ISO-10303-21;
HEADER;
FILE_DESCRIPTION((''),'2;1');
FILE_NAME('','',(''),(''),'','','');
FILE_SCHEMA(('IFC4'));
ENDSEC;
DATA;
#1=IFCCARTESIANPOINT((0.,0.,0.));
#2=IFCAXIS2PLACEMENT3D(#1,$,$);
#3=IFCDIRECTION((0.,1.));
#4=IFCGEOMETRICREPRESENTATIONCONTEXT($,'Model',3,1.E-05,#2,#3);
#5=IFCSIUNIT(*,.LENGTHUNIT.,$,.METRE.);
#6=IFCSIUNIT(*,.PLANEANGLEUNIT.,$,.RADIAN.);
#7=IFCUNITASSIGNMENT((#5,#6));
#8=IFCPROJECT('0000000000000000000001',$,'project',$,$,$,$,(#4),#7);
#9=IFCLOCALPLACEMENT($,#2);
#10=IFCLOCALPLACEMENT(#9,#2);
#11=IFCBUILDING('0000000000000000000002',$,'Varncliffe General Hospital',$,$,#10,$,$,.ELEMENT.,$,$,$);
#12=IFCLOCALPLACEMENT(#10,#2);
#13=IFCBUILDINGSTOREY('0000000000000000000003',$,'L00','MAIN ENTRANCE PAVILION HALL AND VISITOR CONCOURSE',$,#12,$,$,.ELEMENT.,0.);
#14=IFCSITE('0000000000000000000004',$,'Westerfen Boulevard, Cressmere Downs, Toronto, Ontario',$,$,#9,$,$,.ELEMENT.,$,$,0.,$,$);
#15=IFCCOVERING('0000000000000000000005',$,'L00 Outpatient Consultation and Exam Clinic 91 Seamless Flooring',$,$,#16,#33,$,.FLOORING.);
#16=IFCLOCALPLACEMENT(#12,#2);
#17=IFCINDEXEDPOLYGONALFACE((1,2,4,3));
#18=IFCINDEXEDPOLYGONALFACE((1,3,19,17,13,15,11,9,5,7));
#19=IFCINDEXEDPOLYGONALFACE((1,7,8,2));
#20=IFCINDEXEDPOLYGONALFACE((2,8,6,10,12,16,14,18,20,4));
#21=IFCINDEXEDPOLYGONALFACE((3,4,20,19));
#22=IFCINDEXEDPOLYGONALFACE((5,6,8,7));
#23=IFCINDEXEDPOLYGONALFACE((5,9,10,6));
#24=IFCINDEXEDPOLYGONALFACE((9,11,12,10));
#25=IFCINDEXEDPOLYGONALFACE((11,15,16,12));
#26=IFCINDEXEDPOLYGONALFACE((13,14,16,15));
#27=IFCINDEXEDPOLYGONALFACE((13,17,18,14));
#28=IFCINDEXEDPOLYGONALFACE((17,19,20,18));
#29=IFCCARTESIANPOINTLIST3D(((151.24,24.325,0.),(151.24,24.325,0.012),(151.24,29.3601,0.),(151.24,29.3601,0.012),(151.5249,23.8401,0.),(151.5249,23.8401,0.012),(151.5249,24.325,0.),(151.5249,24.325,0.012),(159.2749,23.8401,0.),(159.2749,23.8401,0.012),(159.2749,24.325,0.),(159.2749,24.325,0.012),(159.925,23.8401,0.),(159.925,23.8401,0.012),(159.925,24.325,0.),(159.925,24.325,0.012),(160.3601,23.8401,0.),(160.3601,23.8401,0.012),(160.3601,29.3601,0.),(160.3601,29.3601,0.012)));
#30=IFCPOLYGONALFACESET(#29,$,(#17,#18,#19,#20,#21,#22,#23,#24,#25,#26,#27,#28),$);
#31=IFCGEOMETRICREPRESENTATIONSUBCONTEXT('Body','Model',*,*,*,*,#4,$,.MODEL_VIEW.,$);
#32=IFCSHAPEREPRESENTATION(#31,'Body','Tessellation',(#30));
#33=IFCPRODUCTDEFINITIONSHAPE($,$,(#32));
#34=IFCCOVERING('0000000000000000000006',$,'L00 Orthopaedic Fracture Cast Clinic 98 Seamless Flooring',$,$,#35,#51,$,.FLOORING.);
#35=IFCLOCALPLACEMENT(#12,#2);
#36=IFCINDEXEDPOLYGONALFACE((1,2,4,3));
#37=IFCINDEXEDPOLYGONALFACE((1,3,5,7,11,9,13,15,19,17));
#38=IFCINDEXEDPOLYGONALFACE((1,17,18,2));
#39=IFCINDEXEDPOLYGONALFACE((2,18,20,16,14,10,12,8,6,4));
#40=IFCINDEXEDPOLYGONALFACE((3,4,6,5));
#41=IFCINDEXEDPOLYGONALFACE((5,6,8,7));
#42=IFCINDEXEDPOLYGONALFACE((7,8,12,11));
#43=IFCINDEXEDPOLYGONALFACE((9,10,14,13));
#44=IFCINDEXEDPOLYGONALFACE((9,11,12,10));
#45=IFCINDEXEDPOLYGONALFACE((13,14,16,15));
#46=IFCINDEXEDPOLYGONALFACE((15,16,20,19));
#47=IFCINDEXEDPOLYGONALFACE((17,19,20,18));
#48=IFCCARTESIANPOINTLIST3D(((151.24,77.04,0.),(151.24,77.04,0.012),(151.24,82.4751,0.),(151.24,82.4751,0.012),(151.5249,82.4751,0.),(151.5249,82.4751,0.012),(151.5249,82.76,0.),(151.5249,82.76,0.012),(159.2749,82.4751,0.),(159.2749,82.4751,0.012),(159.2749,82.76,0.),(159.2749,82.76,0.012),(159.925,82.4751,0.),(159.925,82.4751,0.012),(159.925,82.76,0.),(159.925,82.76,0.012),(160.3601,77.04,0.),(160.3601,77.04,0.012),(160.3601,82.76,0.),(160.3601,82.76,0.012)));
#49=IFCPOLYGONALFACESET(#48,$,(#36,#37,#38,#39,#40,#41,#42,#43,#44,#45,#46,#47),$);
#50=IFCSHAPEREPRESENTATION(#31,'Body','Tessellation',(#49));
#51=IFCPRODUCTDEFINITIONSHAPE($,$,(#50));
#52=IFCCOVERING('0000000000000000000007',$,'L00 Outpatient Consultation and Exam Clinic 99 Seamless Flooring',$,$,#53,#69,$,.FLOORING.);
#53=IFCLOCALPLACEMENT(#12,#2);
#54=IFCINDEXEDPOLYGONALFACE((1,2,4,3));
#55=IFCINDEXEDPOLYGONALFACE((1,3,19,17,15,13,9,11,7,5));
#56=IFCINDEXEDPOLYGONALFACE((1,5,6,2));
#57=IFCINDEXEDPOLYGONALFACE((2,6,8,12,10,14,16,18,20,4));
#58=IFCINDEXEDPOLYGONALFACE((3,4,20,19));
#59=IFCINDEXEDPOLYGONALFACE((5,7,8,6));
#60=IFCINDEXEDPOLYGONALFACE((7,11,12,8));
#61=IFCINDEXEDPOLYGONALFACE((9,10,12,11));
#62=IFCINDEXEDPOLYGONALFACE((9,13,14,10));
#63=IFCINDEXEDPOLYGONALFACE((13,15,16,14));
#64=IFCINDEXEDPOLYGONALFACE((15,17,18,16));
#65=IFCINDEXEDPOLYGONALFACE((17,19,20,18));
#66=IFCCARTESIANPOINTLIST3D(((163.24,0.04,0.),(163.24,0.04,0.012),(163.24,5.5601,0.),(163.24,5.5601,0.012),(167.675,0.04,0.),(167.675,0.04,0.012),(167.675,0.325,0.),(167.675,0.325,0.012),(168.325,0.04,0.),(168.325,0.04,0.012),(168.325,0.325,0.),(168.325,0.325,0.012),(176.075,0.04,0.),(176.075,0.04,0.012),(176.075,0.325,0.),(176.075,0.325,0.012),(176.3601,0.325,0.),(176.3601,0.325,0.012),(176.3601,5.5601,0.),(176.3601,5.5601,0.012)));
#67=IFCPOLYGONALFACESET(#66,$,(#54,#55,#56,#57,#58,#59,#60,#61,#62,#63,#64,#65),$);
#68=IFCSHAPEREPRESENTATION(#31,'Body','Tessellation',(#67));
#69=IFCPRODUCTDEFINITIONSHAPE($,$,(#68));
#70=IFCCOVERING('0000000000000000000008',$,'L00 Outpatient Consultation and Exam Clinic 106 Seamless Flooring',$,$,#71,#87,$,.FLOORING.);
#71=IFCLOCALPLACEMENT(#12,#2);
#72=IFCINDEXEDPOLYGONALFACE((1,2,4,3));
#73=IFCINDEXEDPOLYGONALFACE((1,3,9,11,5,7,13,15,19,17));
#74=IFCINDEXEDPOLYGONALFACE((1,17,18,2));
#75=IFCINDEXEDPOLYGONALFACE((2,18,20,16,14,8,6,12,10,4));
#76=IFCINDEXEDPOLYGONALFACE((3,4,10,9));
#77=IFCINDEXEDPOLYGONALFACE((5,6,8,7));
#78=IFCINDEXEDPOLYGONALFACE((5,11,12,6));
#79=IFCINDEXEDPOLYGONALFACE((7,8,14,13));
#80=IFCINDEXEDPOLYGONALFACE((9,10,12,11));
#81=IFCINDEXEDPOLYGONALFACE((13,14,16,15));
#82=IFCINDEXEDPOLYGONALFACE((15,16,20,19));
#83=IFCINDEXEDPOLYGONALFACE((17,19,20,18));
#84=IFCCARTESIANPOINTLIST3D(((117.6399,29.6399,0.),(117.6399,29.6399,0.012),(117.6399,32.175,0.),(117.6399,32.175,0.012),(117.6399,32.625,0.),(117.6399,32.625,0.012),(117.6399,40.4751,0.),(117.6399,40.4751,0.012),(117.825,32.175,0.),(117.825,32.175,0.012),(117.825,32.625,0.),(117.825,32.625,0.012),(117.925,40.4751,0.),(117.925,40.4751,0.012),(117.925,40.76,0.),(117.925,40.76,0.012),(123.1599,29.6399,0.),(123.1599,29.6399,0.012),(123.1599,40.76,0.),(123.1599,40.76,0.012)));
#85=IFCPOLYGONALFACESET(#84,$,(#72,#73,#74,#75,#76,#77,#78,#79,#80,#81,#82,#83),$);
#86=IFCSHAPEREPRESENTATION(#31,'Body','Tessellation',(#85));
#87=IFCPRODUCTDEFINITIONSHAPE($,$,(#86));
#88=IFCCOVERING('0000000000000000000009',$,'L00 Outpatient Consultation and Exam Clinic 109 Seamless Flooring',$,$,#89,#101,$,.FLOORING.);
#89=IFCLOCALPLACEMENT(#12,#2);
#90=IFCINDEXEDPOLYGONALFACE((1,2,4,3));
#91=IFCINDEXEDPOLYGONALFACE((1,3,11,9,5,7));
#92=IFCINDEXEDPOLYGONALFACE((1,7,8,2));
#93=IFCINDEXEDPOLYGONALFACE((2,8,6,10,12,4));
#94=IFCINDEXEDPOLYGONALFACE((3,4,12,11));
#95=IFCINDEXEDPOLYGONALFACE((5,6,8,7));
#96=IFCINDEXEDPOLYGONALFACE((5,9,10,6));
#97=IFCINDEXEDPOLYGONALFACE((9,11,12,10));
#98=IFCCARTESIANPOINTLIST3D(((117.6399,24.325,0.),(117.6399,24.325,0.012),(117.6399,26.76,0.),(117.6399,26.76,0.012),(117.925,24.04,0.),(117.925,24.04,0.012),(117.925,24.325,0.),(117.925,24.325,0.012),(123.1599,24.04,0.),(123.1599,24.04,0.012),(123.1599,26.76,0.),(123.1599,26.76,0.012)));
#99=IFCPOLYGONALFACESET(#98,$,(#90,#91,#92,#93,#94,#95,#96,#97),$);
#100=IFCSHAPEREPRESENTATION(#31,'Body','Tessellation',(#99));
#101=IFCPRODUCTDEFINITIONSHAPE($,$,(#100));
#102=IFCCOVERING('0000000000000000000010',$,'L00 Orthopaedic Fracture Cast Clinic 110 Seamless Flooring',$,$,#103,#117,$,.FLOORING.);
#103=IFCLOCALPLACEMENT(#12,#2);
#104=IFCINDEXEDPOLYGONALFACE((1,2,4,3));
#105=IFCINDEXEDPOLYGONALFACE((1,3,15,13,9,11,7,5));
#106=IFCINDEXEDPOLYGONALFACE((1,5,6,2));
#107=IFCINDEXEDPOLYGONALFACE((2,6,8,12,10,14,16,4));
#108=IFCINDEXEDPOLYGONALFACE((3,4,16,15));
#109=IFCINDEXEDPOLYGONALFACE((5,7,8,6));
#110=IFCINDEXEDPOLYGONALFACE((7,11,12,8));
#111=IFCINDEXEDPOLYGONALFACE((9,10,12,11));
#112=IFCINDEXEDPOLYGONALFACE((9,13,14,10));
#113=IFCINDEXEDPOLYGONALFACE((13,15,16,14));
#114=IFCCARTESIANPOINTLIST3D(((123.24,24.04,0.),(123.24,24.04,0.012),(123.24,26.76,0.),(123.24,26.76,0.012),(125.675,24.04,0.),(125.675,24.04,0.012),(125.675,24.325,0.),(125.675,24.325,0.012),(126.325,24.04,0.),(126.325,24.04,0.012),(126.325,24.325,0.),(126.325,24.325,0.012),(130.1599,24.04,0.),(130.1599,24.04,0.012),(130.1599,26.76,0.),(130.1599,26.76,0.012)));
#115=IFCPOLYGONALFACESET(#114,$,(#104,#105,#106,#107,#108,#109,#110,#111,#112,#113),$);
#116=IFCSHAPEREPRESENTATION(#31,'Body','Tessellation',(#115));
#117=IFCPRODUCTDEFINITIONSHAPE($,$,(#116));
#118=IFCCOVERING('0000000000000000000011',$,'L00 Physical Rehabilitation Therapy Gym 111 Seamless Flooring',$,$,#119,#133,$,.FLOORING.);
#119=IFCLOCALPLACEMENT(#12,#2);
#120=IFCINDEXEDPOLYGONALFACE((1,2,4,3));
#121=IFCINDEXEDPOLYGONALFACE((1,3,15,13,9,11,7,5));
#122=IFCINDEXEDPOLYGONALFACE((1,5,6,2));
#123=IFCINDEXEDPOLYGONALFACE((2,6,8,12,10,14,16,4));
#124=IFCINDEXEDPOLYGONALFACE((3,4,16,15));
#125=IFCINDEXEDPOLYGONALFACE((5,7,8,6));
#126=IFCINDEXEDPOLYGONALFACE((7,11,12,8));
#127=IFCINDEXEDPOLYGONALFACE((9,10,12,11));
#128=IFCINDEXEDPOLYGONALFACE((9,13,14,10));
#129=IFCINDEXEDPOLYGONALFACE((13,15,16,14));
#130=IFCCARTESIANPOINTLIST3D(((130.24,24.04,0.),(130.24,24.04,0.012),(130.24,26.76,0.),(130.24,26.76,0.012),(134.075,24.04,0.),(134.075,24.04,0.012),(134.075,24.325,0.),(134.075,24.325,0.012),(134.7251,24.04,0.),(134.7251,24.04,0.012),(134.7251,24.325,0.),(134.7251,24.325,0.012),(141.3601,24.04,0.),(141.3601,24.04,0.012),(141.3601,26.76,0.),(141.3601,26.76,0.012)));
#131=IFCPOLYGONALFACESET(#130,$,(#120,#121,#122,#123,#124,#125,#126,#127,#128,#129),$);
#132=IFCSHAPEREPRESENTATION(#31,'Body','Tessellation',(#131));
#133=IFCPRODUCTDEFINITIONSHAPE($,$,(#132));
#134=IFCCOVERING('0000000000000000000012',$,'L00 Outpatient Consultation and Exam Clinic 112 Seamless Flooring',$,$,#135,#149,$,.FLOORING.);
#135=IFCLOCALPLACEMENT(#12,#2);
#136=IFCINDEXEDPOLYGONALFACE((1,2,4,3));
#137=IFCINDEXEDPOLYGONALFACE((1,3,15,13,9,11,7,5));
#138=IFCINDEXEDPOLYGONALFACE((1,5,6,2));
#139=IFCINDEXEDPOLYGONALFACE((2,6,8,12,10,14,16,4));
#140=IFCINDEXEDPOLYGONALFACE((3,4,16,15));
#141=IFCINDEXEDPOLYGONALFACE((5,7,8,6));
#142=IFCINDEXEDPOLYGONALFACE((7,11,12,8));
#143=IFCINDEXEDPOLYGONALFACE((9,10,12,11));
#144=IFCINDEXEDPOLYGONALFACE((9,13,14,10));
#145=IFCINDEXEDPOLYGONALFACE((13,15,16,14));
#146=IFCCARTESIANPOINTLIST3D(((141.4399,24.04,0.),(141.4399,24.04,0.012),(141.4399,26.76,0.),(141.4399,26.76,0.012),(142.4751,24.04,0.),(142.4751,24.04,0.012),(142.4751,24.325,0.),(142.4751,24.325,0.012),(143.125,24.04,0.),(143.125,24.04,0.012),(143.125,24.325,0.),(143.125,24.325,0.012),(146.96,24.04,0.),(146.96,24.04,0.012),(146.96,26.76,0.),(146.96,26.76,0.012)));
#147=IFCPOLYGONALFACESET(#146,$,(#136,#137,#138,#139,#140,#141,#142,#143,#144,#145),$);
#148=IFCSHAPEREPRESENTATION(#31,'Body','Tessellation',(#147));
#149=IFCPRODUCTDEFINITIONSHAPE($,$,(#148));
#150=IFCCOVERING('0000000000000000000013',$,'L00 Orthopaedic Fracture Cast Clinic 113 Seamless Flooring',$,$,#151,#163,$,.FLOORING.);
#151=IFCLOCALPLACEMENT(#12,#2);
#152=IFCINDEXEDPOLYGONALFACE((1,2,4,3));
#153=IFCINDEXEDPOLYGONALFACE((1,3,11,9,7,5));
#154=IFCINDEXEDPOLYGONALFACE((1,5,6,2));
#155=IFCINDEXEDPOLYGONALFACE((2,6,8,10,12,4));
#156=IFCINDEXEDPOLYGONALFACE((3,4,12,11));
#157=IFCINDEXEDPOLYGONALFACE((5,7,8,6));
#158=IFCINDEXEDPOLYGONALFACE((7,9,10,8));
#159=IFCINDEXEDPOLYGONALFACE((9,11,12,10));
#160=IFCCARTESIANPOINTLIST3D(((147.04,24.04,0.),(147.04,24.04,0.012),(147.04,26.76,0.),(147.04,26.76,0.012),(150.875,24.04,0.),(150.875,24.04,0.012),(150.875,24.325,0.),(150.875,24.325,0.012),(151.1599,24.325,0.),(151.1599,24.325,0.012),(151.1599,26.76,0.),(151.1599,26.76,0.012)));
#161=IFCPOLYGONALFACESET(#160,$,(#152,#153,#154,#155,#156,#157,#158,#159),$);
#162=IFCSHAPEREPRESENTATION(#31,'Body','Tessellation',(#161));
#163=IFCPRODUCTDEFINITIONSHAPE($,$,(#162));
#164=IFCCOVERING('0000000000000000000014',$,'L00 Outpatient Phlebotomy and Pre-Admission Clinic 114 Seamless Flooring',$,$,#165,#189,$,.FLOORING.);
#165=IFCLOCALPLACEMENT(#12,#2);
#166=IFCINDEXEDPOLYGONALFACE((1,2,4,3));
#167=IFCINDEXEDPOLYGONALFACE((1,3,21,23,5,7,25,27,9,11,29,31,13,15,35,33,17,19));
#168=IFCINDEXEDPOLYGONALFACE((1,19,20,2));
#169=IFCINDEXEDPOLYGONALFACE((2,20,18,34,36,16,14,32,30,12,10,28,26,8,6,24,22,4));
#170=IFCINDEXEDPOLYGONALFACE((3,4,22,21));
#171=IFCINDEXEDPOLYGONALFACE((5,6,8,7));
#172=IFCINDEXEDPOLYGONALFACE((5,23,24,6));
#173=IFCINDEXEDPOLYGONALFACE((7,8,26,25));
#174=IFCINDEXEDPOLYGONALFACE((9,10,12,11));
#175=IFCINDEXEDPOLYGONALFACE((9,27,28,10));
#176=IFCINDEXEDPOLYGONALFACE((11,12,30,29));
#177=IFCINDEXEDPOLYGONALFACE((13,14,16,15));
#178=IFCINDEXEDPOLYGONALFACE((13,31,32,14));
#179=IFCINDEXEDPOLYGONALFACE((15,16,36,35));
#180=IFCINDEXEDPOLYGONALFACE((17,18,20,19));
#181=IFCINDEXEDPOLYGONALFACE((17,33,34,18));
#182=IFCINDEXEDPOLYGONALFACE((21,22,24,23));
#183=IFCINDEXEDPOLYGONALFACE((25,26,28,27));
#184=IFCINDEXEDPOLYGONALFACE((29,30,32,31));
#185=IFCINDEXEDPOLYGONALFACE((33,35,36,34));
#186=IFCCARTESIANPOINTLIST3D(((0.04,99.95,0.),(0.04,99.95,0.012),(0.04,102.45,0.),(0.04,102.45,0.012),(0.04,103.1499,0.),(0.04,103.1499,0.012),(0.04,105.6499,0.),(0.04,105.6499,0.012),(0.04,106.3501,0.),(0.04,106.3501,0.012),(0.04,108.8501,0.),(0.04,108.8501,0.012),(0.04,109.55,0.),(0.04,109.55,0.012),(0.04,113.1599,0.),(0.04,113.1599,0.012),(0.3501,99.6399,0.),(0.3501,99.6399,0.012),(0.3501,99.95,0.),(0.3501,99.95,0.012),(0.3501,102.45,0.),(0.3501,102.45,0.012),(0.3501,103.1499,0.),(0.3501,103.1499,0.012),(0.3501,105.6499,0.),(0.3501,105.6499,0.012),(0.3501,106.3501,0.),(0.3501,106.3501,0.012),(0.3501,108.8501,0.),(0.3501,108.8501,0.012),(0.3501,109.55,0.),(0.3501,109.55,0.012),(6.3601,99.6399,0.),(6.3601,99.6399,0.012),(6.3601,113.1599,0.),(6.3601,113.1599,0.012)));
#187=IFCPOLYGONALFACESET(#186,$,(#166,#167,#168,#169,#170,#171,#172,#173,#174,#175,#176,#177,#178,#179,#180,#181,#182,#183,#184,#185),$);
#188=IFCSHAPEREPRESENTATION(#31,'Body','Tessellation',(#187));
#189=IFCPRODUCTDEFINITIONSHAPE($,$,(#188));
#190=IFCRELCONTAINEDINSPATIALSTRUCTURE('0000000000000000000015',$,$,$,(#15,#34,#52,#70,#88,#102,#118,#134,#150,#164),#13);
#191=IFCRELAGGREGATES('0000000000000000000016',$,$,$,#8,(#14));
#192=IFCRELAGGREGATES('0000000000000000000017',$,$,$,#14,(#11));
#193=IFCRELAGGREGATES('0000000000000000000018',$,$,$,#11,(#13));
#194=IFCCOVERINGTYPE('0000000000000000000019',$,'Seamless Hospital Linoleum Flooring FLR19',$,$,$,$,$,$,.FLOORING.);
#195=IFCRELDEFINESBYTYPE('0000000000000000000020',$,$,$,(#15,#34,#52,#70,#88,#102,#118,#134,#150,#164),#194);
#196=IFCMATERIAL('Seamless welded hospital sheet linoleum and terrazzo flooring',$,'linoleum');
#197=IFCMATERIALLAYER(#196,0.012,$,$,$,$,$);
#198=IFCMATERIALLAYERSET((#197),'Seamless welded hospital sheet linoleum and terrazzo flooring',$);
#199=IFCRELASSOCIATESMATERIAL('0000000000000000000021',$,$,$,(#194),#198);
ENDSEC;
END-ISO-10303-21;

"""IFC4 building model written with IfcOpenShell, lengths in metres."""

from ifc_helpers import new_model, si_unit, direction, origin, place, context, subcontext, project, spatial, polyline, outline, extrude, material, layer, layer_set, type_object, element, save


model = new_model("IFC4")

# Units and contexts
model_context = context("Model", 3, precision=1e-05, world=origin(), true_north=direction((0.0, 1.0)))
body_context = subcontext(model_context, "Body", "Model", "MODEL_VIEW")
ifc_project = project(units=[si_unit("LENGTHUNIT", "METRE"), si_unit("PLANEANGLEUNIT", "RADIAN")], contexts=[model_context])

# Site, building, storey
site_placement = place(None, origin())
site = spatial("IfcSite", under=ifc_project, at=site_placement, Name="Westerfen Boulevard, Cressmere Downs, Toronto, Ontario", CompositionType="ELEMENT", RefElevation=0.0)
building_placement = place(site_placement, origin())
building = spatial("IfcBuilding", under=site, at=building_placement, Name="Varncliffe General Hospital", CompositionType="ELEMENT")
storey_placement = place(building_placement, origin())
storey = spatial("IfcBuildingStorey", under=building, at=storey_placement, Name="L00", Description="MAIN ENTRANCE PAVILION HALL AND VISITOR CONCOURSE", CompositionType="ELEMENT", Elevation=0.0)

# Coverings
ifc_material_1 = material(Name="Seamless welded hospital sheet linoleum and terrazzo flooring", Category="linoleum")
ifc_layer_1 = layer(ifc_material_1, 0.012)
ifc_layer_set_1 = layer_set([ifc_layer_1], Name="Seamless welded hospital sheet linoleum and terrazzo flooring")
covering_type_1 = type_object("IfcCoveringType", Name="Seamless Hospital Linoleum Flooring FLR19", PredefinedType="FLOORING", material=ifc_layer_set_1)
covering_1_placement = place(storey_placement, origin())
element("IfcCovering", 1, at=covering_1_placement, inside=storey, type_object=covering_type_1, Name="L00 Outpatient Consultation and Exam Clinic 91 Seamless Flooring", PredefinedType="FLOORING", context=body_context, shape_type="SweptSolid", body=[
    extrude(outline(polyline([(160.3601, 29.3601), (160.3601, 23.8401), (159.925, 23.8401), (159.925, 24.325), (159.2749, 24.325), (159.2749, 23.8401), (151.5249, 23.8401), (151.5249, 24.325), (151.24, 24.325), (151.24, 29.3601), (160.3601, 29.3601)])), origin(), (0.0, 0.0, 1.0), 0.012),
])
covering_2_placement = place(storey_placement, origin())
element("IfcCovering", 2, at=covering_2_placement, inside=storey, type_object=covering_type_1, Name="L00 Orthopaedic Fracture Cast Clinic 98 Seamless Flooring", PredefinedType="FLOORING", context=body_context, shape_type="SweptSolid", body=[
    extrude(outline(polyline([(160.3601, 77.04), (151.24, 77.04), (151.24, 82.4751), (151.5249, 82.4751), (151.5249, 82.76), (159.2749, 82.76), (159.2749, 82.4751), (159.925, 82.4751), (159.925, 82.76), (160.3601, 82.76), (160.3601, 77.04)])), origin(), (0.0, 0.0, 1.0), 0.012),
])
covering_3_placement = place(storey_placement, origin())
element("IfcCovering", 3, at=covering_3_placement, inside=storey, type_object=covering_type_1, Name="L00 Outpatient Consultation and Exam Clinic 99 Seamless Flooring", PredefinedType="FLOORING", context=body_context, shape_type="SweptSolid", body=[
    extrude(outline(polyline([(163.24, 5.5601), (176.3601, 5.5601), (176.3601, 0.325), (176.075, 0.325), (176.075, 0.04), (168.325, 0.04), (168.325, 0.325), (167.675, 0.325), (167.675, 0.04), (163.24, 0.04), (163.24, 5.5601)])), origin(), (0.0, 0.0, 1.0), 0.012),
])
covering_4_placement = place(storey_placement, origin())
element("IfcCovering", 4, at=covering_4_placement, inside=storey, type_object=covering_type_1, Name="L00 Outpatient Consultation and Exam Clinic 106 Seamless Flooring", PredefinedType="FLOORING", context=body_context, shape_type="SweptSolid", body=[
    extrude(outline(polyline([(123.1599, 40.76), (123.1599, 29.6399), (117.6399, 29.6399), (117.6399, 32.175), (117.825, 32.175), (117.825, 32.625), (117.6399, 32.625), (117.6399, 40.4751), (117.925, 40.4751), (117.925, 40.76), (123.1599, 40.76)])), origin(), (0.0, 0.0, 1.0), 0.012),
])
covering_5_placement = place(storey_placement, origin())
element("IfcCovering", 5, at=covering_5_placement, inside=storey, type_object=covering_type_1, Name="L00 Outpatient Consultation and Exam Clinic 109 Seamless Flooring", PredefinedType="FLOORING", context=body_context, shape_type="SweptSolid", body=[
    extrude(outline(polyline([(117.6399, 26.76), (123.1599, 26.76), (123.1599, 24.04), (117.925, 24.04), (117.925, 24.325), (117.6399, 24.325), (117.6399, 26.76)])), origin(), (0.0, 0.0, 1.0), 0.012),
])
covering_6_placement = place(storey_placement, origin())
element("IfcCovering", 6, at=covering_6_placement, inside=storey, type_object=covering_type_1, Name="L00 Orthopaedic Fracture Cast Clinic 110 Seamless Flooring", PredefinedType="FLOORING", context=body_context, shape_type="SweptSolid", body=[
    extrude(outline(polyline([(123.24, 24.04), (123.24, 26.76), (130.1599, 26.76), (130.1599, 24.04), (126.325, 24.04), (126.325, 24.325), (125.675, 24.325), (125.675, 24.04), (123.24, 24.04)])), origin(), (0.0, 0.0, 1.0), 0.012),
])
covering_7_placement = place(storey_placement, origin())
element("IfcCovering", 7, at=covering_7_placement, inside=storey, type_object=covering_type_1, Name="L00 Physical Rehabilitation Therapy Gym 111 Seamless Flooring", PredefinedType="FLOORING", context=body_context, shape_type="SweptSolid", body=[
    extrude(outline(polyline([(130.24, 24.04), (130.24, 26.76), (141.3601, 26.76), (141.3601, 24.04), (134.7251, 24.04), (134.7251, 24.325), (134.075, 24.325), (134.075, 24.04), (130.24, 24.04)])), origin(), (0.0, 0.0, 1.0), 0.012),
])
covering_8_placement = place(storey_placement, origin())
element("IfcCovering", 8, at=covering_8_placement, inside=storey, type_object=covering_type_1, Name="L00 Outpatient Consultation and Exam Clinic 112 Seamless Flooring", PredefinedType="FLOORING", context=body_context, shape_type="SweptSolid", body=[
    extrude(outline(polyline([(141.4399, 24.04), (141.4399, 26.76), (146.96, 26.76), (146.96, 24.04), (143.125, 24.04), (143.125, 24.325), (142.4751, 24.325), (142.4751, 24.04), (141.4399, 24.04)])), origin(), (0.0, 0.0, 1.0), 0.012),
])
covering_9_placement = place(storey_placement, origin())
element("IfcCovering", 9, at=covering_9_placement, inside=storey, type_object=covering_type_1, Name="L00 Orthopaedic Fracture Cast Clinic 113 Seamless Flooring", PredefinedType="FLOORING", context=body_context, shape_type="SweptSolid", body=[
    extrude(outline(polyline([(147.04, 24.04), (147.04, 26.76), (151.1599, 26.76), (151.1599, 24.325), (150.875, 24.325), (150.875, 24.04), (147.04, 24.04)])), origin(), (0.0, 0.0, 1.0), 0.012),
])
covering_10_placement = place(storey_placement, origin())
element("IfcCovering", 10, at=covering_10_placement, inside=storey, type_object=covering_type_1, Name="L00 Outpatient Phlebotomy and Pre-Admission Clinic 114 Seamless Flooring", PredefinedType="FLOORING", context=body_context, shape_type="SweptSolid", body=[
    extrude(outline(polyline([(0.3501, 99.6399), (0.3501, 99.95), (0.04, 99.95), (0.04, 102.45), (0.3501, 102.45), (0.3501, 103.1499), (0.04, 103.1499), (0.04, 105.6499), (0.3501, 105.6499), (0.3501, 106.3501), (0.04, 106.3501), (0.04, 108.8501), (0.3501, 108.8501), (0.3501, 109.55), (0.04, 109.55), (0.04, 113.1599), (6.3601, 113.1599), (6.3601, 99.6399), (0.3501, 99.6399)])), origin(), (0.0, 0.0, 1.0), 0.012),
])

save(model, "model.ifc")
